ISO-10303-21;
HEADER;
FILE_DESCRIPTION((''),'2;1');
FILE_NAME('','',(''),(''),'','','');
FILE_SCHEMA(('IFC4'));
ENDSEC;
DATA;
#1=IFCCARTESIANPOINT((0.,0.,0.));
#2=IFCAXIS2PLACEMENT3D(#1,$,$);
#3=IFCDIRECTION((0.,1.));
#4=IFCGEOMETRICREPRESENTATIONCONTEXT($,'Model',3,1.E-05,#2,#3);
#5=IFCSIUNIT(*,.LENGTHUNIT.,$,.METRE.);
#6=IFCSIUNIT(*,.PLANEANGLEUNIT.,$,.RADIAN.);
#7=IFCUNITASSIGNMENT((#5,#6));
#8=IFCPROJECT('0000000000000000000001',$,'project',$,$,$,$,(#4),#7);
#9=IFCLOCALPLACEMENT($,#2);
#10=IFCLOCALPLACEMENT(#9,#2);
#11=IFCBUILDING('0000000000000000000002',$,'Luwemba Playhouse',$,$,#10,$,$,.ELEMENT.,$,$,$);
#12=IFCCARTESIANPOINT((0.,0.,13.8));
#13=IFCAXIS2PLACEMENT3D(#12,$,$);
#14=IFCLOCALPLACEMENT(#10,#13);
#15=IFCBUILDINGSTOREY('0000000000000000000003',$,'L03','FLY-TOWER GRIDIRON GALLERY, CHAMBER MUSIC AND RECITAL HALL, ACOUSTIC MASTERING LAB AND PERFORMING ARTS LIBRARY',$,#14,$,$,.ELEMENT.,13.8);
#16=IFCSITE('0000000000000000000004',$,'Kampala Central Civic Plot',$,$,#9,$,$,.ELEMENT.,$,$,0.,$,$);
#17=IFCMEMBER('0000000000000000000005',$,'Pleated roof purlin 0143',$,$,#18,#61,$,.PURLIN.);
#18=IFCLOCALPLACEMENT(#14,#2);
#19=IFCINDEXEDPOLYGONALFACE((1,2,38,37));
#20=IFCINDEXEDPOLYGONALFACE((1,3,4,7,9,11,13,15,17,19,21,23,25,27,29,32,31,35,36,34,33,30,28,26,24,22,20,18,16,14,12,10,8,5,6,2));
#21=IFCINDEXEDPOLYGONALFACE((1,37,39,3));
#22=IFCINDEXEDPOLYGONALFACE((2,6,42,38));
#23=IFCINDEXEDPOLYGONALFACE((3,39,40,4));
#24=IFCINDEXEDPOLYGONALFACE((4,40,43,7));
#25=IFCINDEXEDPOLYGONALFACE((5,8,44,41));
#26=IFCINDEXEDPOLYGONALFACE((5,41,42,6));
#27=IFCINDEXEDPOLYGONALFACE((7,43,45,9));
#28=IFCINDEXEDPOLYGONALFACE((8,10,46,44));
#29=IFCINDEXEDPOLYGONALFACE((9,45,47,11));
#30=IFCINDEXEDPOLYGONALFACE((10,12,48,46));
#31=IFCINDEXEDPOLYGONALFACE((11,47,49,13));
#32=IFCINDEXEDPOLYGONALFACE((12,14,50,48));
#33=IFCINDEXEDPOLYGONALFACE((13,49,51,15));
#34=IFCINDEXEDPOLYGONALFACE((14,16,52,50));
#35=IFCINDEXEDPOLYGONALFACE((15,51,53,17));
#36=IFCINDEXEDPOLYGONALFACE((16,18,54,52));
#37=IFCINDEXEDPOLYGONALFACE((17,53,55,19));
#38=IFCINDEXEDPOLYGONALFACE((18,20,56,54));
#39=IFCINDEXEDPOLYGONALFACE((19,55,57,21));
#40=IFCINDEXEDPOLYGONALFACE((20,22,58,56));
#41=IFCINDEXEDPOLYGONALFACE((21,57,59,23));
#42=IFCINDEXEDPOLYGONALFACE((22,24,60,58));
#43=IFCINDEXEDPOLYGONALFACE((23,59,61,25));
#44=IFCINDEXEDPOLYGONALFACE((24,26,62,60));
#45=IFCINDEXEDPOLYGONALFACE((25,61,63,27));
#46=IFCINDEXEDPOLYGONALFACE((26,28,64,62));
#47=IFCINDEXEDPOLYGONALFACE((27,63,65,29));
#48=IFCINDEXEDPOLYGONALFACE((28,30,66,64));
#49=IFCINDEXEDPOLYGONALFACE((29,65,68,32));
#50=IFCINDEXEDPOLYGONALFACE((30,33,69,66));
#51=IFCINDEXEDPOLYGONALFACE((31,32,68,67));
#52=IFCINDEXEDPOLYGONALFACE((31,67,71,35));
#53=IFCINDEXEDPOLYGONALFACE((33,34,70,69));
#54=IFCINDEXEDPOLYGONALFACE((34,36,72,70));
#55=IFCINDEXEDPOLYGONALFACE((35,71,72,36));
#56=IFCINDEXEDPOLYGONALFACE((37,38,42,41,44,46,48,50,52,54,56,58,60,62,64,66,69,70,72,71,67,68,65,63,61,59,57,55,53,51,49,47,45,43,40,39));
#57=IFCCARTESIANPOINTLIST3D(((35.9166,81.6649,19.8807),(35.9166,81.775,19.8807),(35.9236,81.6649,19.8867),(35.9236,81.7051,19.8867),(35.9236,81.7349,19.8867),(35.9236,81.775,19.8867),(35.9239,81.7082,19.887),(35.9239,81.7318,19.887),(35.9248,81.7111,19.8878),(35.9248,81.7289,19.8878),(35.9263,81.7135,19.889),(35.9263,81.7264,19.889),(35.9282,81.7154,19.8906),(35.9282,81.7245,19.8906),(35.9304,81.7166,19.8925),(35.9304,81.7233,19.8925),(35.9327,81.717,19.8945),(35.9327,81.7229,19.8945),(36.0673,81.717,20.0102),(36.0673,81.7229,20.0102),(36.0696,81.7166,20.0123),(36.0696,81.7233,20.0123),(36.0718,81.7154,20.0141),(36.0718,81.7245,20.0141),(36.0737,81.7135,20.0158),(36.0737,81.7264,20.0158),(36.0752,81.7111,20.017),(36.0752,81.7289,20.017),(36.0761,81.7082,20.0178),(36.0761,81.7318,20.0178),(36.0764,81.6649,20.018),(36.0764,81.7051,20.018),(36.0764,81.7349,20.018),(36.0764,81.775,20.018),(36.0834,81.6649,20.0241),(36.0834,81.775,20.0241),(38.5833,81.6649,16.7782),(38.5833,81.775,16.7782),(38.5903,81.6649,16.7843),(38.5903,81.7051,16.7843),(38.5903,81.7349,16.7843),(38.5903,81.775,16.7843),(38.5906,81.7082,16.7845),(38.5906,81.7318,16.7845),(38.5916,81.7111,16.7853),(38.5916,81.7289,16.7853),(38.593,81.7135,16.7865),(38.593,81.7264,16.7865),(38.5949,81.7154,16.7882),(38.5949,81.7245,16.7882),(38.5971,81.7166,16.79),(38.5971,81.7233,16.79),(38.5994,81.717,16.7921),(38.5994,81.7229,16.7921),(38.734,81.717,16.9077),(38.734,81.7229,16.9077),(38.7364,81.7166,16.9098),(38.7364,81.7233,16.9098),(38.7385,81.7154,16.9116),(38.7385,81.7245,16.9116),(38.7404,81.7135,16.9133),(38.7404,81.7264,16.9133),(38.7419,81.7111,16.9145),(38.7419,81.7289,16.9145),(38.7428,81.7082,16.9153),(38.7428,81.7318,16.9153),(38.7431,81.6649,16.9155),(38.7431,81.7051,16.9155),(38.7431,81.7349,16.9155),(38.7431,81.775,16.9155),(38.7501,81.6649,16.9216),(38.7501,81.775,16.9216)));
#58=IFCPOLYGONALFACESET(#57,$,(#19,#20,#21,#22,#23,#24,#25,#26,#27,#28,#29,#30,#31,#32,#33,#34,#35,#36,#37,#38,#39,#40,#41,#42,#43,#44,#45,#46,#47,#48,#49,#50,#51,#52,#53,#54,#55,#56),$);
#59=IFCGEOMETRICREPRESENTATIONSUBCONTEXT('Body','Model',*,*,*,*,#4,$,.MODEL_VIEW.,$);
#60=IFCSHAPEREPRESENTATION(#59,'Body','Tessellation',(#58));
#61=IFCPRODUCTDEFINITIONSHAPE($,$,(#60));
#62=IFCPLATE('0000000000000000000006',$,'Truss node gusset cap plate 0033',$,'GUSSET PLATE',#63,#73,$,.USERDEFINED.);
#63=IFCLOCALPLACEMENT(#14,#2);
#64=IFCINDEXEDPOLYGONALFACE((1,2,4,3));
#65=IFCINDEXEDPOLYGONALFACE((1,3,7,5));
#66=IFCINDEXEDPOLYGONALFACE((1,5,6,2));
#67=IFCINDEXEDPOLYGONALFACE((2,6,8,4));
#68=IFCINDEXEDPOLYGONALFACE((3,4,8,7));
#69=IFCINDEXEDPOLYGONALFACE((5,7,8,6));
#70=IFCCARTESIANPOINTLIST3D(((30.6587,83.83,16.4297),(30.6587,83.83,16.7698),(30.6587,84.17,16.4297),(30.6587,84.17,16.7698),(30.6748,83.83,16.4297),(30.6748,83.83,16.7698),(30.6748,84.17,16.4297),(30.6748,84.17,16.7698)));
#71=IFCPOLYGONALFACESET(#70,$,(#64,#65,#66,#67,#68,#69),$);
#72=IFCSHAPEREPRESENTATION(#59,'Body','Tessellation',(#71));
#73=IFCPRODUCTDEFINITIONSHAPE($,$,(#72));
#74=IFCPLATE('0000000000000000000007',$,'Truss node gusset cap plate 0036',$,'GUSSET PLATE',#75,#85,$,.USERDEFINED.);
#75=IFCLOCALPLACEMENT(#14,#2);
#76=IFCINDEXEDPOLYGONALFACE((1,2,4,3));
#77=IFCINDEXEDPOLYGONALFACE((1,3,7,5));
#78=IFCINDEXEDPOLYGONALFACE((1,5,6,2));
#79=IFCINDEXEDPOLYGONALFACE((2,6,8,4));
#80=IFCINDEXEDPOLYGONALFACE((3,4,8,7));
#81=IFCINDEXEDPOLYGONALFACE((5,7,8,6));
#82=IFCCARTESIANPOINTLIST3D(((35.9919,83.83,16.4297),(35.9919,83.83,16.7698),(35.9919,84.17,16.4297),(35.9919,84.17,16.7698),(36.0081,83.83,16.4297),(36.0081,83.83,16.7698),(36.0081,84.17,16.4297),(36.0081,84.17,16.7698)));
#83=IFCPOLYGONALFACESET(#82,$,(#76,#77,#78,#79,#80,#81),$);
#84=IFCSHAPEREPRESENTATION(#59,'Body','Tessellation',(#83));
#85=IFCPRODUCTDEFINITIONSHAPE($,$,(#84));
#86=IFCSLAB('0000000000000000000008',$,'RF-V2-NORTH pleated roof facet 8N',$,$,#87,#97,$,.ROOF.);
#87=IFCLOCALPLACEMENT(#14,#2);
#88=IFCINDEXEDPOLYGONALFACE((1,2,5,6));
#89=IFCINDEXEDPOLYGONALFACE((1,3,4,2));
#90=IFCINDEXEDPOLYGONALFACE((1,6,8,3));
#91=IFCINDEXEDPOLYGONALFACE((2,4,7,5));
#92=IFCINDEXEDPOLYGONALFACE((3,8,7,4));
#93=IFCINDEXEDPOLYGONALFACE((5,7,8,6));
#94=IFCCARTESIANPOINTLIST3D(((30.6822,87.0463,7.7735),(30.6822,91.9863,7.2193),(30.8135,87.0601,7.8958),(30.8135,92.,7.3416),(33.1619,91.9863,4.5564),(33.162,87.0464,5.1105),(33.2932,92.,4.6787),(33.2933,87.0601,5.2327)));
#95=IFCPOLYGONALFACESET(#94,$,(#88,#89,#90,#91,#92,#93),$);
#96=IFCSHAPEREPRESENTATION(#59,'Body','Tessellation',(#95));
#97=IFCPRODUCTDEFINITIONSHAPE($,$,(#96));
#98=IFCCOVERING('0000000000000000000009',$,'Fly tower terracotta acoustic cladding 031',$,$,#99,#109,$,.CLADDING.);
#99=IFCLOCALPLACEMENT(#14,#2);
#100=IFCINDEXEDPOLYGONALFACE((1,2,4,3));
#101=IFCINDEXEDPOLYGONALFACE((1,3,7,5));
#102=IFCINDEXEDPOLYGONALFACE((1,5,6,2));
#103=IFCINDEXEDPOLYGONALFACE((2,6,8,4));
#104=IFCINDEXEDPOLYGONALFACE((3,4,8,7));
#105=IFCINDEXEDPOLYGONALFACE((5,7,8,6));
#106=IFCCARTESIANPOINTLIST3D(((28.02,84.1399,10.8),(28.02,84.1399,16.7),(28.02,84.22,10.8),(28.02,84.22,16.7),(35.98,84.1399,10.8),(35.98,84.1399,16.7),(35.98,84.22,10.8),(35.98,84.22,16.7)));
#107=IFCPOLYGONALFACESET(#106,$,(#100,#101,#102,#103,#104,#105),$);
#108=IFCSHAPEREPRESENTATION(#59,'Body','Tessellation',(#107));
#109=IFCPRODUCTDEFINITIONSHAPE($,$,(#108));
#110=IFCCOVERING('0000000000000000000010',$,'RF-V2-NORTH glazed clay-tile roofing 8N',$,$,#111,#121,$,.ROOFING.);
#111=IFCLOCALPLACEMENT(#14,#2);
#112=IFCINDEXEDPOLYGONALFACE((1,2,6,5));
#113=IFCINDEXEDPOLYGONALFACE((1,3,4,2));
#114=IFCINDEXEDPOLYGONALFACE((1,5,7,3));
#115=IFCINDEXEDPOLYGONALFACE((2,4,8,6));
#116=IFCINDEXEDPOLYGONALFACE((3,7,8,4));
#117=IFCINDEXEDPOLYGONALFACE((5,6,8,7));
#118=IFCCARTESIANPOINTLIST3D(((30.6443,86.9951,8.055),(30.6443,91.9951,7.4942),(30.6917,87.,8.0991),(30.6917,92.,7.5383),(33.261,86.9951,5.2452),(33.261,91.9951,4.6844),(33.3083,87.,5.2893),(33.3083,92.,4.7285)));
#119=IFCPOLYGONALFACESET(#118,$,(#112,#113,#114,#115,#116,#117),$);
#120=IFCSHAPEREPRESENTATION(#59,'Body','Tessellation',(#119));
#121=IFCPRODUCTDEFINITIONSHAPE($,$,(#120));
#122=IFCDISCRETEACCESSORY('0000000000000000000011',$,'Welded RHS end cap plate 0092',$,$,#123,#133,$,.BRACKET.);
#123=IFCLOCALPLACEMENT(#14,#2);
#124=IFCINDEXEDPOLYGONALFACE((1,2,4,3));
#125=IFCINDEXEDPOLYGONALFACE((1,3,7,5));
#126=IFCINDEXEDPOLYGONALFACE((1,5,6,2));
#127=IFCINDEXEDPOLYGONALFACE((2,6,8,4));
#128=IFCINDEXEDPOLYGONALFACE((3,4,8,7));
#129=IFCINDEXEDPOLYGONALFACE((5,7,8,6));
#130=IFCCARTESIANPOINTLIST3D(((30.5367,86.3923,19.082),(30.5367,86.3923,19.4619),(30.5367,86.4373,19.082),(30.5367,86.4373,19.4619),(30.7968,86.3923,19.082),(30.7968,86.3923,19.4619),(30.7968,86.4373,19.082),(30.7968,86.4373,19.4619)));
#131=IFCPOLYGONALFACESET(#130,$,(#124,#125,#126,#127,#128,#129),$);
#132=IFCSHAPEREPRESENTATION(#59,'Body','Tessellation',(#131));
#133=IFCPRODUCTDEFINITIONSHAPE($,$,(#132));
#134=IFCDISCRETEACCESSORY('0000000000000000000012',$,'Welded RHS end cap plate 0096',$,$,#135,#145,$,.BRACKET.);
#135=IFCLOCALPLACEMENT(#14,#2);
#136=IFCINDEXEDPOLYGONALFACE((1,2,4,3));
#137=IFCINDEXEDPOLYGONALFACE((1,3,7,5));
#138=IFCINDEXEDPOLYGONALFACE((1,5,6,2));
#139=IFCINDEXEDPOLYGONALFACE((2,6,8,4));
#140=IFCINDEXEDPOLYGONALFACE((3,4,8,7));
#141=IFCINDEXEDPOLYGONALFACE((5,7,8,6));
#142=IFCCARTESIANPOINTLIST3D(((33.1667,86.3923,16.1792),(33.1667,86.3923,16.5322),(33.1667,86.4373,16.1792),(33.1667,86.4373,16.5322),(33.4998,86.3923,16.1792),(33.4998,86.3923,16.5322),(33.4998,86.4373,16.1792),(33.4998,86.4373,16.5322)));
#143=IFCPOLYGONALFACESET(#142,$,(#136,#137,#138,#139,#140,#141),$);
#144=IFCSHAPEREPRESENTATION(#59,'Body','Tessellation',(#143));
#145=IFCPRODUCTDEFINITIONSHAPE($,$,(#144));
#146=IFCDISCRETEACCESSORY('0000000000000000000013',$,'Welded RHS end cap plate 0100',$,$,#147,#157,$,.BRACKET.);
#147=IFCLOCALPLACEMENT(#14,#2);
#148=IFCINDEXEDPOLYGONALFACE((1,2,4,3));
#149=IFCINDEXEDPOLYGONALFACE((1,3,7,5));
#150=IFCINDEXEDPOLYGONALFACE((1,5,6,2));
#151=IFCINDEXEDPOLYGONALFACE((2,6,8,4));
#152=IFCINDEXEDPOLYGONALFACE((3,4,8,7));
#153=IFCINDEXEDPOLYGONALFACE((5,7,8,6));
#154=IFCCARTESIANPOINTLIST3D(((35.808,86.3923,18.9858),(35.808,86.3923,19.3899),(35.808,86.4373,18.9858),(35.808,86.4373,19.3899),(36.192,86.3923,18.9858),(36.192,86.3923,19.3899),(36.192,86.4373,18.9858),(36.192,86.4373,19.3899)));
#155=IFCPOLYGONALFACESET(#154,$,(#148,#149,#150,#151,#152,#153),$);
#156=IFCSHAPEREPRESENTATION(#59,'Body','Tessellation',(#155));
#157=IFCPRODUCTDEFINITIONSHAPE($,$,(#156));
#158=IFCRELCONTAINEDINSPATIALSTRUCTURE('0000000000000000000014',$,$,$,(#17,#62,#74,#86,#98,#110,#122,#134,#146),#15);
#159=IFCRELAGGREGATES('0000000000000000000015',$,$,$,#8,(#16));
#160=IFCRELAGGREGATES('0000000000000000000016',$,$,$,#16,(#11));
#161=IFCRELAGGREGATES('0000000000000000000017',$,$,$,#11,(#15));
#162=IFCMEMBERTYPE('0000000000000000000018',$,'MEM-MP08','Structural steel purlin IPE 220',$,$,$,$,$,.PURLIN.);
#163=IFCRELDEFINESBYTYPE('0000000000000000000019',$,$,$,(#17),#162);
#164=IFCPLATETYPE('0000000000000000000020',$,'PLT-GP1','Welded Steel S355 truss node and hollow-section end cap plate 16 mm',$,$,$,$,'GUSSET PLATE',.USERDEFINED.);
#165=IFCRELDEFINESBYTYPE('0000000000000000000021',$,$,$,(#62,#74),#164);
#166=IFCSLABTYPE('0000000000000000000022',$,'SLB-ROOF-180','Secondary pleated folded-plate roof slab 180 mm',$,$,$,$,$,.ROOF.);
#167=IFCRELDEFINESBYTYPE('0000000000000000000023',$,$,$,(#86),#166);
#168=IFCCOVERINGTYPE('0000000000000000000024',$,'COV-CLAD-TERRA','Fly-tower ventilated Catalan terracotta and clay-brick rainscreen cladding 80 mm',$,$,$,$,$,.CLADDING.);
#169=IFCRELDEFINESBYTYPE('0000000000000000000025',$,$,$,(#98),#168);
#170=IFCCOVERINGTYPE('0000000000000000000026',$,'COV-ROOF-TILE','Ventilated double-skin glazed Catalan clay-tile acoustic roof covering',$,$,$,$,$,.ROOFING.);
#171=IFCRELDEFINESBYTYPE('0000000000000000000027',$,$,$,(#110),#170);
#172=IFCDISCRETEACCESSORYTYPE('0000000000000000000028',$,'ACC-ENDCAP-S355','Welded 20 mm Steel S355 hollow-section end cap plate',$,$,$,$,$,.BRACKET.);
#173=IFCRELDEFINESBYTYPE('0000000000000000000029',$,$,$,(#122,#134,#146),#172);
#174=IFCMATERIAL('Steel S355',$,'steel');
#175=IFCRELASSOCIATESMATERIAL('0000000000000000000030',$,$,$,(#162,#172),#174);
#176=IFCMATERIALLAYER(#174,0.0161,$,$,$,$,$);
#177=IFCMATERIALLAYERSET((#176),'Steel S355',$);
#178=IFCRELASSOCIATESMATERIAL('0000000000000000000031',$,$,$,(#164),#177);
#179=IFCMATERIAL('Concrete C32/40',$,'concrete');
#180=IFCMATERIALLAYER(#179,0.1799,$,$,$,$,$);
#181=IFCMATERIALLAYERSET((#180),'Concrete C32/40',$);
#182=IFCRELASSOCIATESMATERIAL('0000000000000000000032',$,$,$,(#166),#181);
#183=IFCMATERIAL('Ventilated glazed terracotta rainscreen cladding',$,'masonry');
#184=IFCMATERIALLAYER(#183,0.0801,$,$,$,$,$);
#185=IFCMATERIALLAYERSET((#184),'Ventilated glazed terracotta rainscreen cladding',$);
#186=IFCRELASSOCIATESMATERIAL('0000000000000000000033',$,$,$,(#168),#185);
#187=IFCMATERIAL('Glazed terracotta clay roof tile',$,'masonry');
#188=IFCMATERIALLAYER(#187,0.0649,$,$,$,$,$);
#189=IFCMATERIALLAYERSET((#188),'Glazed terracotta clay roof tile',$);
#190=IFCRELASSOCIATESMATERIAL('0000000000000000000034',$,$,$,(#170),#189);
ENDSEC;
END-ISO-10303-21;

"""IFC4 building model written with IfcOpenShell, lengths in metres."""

from ifc_helpers import new_model, si_unit, direction, frame, origin, origin_2d, place, context, subcontext, project, spatial, polyline, rectangle, i_section, outline, extrude, material, layer, layer_set, material_profile, profile_set, type_object, element, save


model = new_model("IFC4")

# Units and contexts
model_context = context("Model", 3, precision=1e-05, world=origin(), true_north=direction((0.0, 1.0)))
body_context = subcontext(model_context, "Body", "Model", "MODEL_VIEW")
ifc_project = project(units=[si_unit("LENGTHUNIT", "METRE"), si_unit("PLANEANGLEUNIT", "RADIAN")], contexts=[model_context])

# Site, building, storey
site_placement = place(None, origin())
site = spatial("IfcSite", under=ifc_project, at=site_placement, Name="Kampala Central Civic Plot", CompositionType="ELEMENT", RefElevation=0.0)
building_placement = place(site_placement, origin())
building = spatial("IfcBuilding", under=site, at=building_placement, Name="Luwemba Playhouse", CompositionType="ELEMENT")
storey_placement = place(building_placement, frame((0.0, 0.0, 13.8)))
storey = spatial("IfcBuildingStorey", under=building, at=storey_placement, Name="L03", Description="FLY-TOWER GRIDIRON GALLERY, CHAMBER MUSIC AND RECITAL HALL, ACOUSTIC MASTERING LAB AND PERFORMING ARTS LIBRARY", CompositionType="ELEMENT", Elevation=13.8)

# Shared definitions
ifc_material_1 = material(Name="Steel S355", Category="steel")

# Member
ifc_material_profile_1 = material_profile(ifc_material_1, i_section(OverallWidth=0.1101, OverallDepth=0.22, WebThickness=0.0059, FlangeThickness=0.0093, FilletRadius=0.012, at=origin_2d()))
ifc_profile_set_1 = profile_set([ifc_material_profile_1], Name="Steel S355")
member_type_1 = type_object("IfcMemberType", Name="MEM-MP08", Description="Structural steel purlin IPE 220", PredefinedType="PURLIN", material=ifc_profile_set_1)
member_1_placement = place(storey_placement, frame((36.0, 81.72, 19.9524), z_axis=(0.651838, 0.0, -0.758359), x_axis=(0.0, 1.0, 0.0)))
element("IfcMember", 1, at=member_1_placement, inside=storey, type_object=member_type_1, Name="Pleated roof purlin 0143", PredefinedType="PURLIN", context=body_context, shape_type="SweptSolid", body=[
    extrude(i_section(OverallWidth=0.1101, OverallDepth=0.22, WebThickness=0.0059, FlangeThickness=0.0093, FilletRadius=0.012, at=origin_2d()), origin(), (0.0, 0.0, 1.0), 4.0911),
])

# Plates
ifc_layer_1 = layer(ifc_material_1, 0.0161)
ifc_layer_set_1 = layer_set([ifc_layer_1], Name="Steel S355")
plate_type = type_object("IfcPlateType", Name="PLT-GP1", Description="Welded Steel S355 truss node and hollow-section end cap plate 16 mm", ElementType="GUSSET PLATE", PredefinedType="USERDEFINED", material=ifc_layer_set_1)
for number, where, z_axis, x_axis, name in (
    (2, (30.6667, 84.0, 16.4297), (0.0, 0.0, 1.0), (1.0, 0.0, 0.0), "Truss node gusset cap plate 0033"),
    (3, (36.0, 84.0, 16.4297), (0.0, 0.0, 1.0), (1.0, 0.0, 0.0), "Truss node gusset cap plate 0036"),
):
    element("IfcPlate", number, at=place(storey_placement, frame(where, z_axis=z_axis, x_axis=x_axis)), inside=storey, type_object=plate_type, Name=name, ObjectType="GUSSET PLATE", PredefinedType="USERDEFINED", context=body_context, shape_type="SweptSolid", body=[
        extrude(rectangle(XDim=0.0161, YDim=0.3401, at=origin_2d()), origin(), (0.0, 0.0, 1.0), 0.3401),
    ])

# Slab
ifc_material_2 = material(Name="Concrete C32/40", Category="concrete")
ifc_layer_2 = layer(ifc_material_2, 0.1799)
ifc_layer_set_2 = layer_set([ifc_layer_2], Name="Concrete C32/40")
slab_type = type_object("IfcSlabType", Name="SLB-ROOF-180", Description="Secondary pleated folded-plate roof slab 180 mm", PredefinedType="ROOF", material=ifc_layer_set_2)
slab_placement = place(storey_placement, frame((30.8135, 87.0601, 7.8958), z_axis=(0.729707, 0.076214, 0.679499), x_axis=(0.681481, 0.000002, -0.731836)))
element("IfcSlab", 4, at=slab_placement, inside=storey, type_object=slab_type, Name="RF-V2-NORTH pleated roof facet 8N", PredefinedType="ROOF", context=body_context, shape_type="SweptSolid", body=[
    extrude(outline(polyline([(0.0, 0.0), (3.6388, 0.0), (4.0442, 4.9543), (0.4056, 4.9544), (0.0, 0.0)])), origin(), (0.0, 0.0, -1.0), 0.1799),
])

# Coverings
ifc_material_3 = material(Name="Ventilated glazed terracotta rainscreen cladding", Category="masonry")
ifc_layer_3 = layer(ifc_material_3, 0.0801)
ifc_layer_set_3 = layer_set([ifc_layer_3], Name="Ventilated glazed terracotta rainscreen cladding")
covering_type_1 = type_object("IfcCoveringType", Name="COV-CLAD-TERRA", Description="Fly-tower ventilated Catalan terracotta and clay-brick rainscreen cladding 80 mm", PredefinedType="CLADDING", material=ifc_layer_set_3)
covering_1_placement = place(storey_placement, frame((32.0, 84.1799, 10.8), z_axis=(0.0, 0.0, 1.0), x_axis=(1.0, 0.0, 0.0)))
element("IfcCovering", 5, at=covering_1_placement, inside=storey, type_object=covering_type_1, Name="Fly tower terracotta acoustic cladding 031", PredefinedType="CLADDING", context=body_context, shape_type="SweptSolid", body=[
    extrude(rectangle(XDim=7.96, YDim=0.0801, at=origin_2d()), origin(), (0.0, 0.0, 1.0), 5.8999),
])
ifc_material_4 = material(Name="Glazed terracotta clay roof tile", Category="masonry")
ifc_layer_4 = layer(ifc_material_4, 0.0649)
ifc_layer_set_4 = layer_set([ifc_layer_4], Name="Glazed terracotta clay roof tile")
covering_type_2 = type_object("IfcCoveringType", Name="COV-ROOF-TILE", Description="Ventilated double-skin glazed Catalan clay-tile acoustic roof covering", PredefinedType="ROOFING", material=ifc_layer_set_4)
covering_2_placement = place(storey_placement, frame((30.6917, 87.0, 8.0991), z_axis=(0.729679, 0.076215, 0.679529), x_axis=(0.681511, 0.0, -0.731808)))
element("IfcCovering", 6, at=covering_2_placement, inside=storey, type_object=covering_type_2, Name="RF-V2-NORTH glazed clay-tile roofing 8N", PredefinedType="ROOFING", context=body_context, shape_type="SweptSolid", body=[
    extrude(outline(polyline([(0.0, 0.0), (3.8396, 0.0), (4.2499, 5.0146), (0.4104, 5.0146), (0.0, 0.0)])), origin(), (0.0, 0.0, -1.0), 0.0649),
])

# Discrete accessories
discrete_accessory_type = type_object("IfcDiscreteAccessoryType", Name="ACC-ENDCAP-S355", Description="Welded 20 mm Steel S355 hollow-section end cap plate", PredefinedType="BRACKET", material=ifc_material_1)
discrete_accessory_1_placement = place(storey_placement, frame((30.6667, 86.4148, 19.082), z_axis=(0.0, 0.0, 1.0), x_axis=(1.0, 0.0, 0.0)))
element("IfcDiscreteAccessory", 7, at=discrete_accessory_1_placement, inside=storey, type_object=discrete_accessory_type, Name="Welded RHS end cap plate 0092", PredefinedType="BRACKET", context=body_context, shape_type="SweptSolid", body=[
    extrude(rectangle(XDim=0.26, YDim=0.0449, at=origin_2d()), origin(), (0.0, 0.0, 1.0), 0.3799),
])
discrete_accessory_2_placement = place(storey_placement, frame((33.3333, 86.4148, 16.1792), z_axis=(0.0, 0.0, 1.0), x_axis=(1.0, 0.0, 0.0)))
element("IfcDiscreteAccessory", 8, at=discrete_accessory_2_placement, inside=storey, type_object=discrete_accessory_type, Name="Welded RHS end cap plate 0096", PredefinedType="BRACKET", context=body_context, shape_type="SweptSolid", body=[
    extrude(rectangle(XDim=0.333, YDim=0.0449, at=origin_2d()), origin(), (0.0, 0.0, 1.0), 0.353),
])
discrete_accessory_3_placement = place(storey_placement, frame((36.0, 86.4148, 18.9858), z_axis=(0.0, 0.0, 1.0), x_axis=(1.0, 0.0, 0.0)))
element("IfcDiscreteAccessory", 9, at=discrete_accessory_3_placement, inside=storey, type_object=discrete_accessory_type, Name="Welded RHS end cap plate 0100", PredefinedType="BRACKET", context=body_context, shape_type="SweptSolid", body=[
    extrude(rectangle(XDim=0.384, YDim=0.0449, at=origin_2d()), origin(), (0.0, 0.0, 1.0), 0.4041),
])

save(model, "model.ifc")
